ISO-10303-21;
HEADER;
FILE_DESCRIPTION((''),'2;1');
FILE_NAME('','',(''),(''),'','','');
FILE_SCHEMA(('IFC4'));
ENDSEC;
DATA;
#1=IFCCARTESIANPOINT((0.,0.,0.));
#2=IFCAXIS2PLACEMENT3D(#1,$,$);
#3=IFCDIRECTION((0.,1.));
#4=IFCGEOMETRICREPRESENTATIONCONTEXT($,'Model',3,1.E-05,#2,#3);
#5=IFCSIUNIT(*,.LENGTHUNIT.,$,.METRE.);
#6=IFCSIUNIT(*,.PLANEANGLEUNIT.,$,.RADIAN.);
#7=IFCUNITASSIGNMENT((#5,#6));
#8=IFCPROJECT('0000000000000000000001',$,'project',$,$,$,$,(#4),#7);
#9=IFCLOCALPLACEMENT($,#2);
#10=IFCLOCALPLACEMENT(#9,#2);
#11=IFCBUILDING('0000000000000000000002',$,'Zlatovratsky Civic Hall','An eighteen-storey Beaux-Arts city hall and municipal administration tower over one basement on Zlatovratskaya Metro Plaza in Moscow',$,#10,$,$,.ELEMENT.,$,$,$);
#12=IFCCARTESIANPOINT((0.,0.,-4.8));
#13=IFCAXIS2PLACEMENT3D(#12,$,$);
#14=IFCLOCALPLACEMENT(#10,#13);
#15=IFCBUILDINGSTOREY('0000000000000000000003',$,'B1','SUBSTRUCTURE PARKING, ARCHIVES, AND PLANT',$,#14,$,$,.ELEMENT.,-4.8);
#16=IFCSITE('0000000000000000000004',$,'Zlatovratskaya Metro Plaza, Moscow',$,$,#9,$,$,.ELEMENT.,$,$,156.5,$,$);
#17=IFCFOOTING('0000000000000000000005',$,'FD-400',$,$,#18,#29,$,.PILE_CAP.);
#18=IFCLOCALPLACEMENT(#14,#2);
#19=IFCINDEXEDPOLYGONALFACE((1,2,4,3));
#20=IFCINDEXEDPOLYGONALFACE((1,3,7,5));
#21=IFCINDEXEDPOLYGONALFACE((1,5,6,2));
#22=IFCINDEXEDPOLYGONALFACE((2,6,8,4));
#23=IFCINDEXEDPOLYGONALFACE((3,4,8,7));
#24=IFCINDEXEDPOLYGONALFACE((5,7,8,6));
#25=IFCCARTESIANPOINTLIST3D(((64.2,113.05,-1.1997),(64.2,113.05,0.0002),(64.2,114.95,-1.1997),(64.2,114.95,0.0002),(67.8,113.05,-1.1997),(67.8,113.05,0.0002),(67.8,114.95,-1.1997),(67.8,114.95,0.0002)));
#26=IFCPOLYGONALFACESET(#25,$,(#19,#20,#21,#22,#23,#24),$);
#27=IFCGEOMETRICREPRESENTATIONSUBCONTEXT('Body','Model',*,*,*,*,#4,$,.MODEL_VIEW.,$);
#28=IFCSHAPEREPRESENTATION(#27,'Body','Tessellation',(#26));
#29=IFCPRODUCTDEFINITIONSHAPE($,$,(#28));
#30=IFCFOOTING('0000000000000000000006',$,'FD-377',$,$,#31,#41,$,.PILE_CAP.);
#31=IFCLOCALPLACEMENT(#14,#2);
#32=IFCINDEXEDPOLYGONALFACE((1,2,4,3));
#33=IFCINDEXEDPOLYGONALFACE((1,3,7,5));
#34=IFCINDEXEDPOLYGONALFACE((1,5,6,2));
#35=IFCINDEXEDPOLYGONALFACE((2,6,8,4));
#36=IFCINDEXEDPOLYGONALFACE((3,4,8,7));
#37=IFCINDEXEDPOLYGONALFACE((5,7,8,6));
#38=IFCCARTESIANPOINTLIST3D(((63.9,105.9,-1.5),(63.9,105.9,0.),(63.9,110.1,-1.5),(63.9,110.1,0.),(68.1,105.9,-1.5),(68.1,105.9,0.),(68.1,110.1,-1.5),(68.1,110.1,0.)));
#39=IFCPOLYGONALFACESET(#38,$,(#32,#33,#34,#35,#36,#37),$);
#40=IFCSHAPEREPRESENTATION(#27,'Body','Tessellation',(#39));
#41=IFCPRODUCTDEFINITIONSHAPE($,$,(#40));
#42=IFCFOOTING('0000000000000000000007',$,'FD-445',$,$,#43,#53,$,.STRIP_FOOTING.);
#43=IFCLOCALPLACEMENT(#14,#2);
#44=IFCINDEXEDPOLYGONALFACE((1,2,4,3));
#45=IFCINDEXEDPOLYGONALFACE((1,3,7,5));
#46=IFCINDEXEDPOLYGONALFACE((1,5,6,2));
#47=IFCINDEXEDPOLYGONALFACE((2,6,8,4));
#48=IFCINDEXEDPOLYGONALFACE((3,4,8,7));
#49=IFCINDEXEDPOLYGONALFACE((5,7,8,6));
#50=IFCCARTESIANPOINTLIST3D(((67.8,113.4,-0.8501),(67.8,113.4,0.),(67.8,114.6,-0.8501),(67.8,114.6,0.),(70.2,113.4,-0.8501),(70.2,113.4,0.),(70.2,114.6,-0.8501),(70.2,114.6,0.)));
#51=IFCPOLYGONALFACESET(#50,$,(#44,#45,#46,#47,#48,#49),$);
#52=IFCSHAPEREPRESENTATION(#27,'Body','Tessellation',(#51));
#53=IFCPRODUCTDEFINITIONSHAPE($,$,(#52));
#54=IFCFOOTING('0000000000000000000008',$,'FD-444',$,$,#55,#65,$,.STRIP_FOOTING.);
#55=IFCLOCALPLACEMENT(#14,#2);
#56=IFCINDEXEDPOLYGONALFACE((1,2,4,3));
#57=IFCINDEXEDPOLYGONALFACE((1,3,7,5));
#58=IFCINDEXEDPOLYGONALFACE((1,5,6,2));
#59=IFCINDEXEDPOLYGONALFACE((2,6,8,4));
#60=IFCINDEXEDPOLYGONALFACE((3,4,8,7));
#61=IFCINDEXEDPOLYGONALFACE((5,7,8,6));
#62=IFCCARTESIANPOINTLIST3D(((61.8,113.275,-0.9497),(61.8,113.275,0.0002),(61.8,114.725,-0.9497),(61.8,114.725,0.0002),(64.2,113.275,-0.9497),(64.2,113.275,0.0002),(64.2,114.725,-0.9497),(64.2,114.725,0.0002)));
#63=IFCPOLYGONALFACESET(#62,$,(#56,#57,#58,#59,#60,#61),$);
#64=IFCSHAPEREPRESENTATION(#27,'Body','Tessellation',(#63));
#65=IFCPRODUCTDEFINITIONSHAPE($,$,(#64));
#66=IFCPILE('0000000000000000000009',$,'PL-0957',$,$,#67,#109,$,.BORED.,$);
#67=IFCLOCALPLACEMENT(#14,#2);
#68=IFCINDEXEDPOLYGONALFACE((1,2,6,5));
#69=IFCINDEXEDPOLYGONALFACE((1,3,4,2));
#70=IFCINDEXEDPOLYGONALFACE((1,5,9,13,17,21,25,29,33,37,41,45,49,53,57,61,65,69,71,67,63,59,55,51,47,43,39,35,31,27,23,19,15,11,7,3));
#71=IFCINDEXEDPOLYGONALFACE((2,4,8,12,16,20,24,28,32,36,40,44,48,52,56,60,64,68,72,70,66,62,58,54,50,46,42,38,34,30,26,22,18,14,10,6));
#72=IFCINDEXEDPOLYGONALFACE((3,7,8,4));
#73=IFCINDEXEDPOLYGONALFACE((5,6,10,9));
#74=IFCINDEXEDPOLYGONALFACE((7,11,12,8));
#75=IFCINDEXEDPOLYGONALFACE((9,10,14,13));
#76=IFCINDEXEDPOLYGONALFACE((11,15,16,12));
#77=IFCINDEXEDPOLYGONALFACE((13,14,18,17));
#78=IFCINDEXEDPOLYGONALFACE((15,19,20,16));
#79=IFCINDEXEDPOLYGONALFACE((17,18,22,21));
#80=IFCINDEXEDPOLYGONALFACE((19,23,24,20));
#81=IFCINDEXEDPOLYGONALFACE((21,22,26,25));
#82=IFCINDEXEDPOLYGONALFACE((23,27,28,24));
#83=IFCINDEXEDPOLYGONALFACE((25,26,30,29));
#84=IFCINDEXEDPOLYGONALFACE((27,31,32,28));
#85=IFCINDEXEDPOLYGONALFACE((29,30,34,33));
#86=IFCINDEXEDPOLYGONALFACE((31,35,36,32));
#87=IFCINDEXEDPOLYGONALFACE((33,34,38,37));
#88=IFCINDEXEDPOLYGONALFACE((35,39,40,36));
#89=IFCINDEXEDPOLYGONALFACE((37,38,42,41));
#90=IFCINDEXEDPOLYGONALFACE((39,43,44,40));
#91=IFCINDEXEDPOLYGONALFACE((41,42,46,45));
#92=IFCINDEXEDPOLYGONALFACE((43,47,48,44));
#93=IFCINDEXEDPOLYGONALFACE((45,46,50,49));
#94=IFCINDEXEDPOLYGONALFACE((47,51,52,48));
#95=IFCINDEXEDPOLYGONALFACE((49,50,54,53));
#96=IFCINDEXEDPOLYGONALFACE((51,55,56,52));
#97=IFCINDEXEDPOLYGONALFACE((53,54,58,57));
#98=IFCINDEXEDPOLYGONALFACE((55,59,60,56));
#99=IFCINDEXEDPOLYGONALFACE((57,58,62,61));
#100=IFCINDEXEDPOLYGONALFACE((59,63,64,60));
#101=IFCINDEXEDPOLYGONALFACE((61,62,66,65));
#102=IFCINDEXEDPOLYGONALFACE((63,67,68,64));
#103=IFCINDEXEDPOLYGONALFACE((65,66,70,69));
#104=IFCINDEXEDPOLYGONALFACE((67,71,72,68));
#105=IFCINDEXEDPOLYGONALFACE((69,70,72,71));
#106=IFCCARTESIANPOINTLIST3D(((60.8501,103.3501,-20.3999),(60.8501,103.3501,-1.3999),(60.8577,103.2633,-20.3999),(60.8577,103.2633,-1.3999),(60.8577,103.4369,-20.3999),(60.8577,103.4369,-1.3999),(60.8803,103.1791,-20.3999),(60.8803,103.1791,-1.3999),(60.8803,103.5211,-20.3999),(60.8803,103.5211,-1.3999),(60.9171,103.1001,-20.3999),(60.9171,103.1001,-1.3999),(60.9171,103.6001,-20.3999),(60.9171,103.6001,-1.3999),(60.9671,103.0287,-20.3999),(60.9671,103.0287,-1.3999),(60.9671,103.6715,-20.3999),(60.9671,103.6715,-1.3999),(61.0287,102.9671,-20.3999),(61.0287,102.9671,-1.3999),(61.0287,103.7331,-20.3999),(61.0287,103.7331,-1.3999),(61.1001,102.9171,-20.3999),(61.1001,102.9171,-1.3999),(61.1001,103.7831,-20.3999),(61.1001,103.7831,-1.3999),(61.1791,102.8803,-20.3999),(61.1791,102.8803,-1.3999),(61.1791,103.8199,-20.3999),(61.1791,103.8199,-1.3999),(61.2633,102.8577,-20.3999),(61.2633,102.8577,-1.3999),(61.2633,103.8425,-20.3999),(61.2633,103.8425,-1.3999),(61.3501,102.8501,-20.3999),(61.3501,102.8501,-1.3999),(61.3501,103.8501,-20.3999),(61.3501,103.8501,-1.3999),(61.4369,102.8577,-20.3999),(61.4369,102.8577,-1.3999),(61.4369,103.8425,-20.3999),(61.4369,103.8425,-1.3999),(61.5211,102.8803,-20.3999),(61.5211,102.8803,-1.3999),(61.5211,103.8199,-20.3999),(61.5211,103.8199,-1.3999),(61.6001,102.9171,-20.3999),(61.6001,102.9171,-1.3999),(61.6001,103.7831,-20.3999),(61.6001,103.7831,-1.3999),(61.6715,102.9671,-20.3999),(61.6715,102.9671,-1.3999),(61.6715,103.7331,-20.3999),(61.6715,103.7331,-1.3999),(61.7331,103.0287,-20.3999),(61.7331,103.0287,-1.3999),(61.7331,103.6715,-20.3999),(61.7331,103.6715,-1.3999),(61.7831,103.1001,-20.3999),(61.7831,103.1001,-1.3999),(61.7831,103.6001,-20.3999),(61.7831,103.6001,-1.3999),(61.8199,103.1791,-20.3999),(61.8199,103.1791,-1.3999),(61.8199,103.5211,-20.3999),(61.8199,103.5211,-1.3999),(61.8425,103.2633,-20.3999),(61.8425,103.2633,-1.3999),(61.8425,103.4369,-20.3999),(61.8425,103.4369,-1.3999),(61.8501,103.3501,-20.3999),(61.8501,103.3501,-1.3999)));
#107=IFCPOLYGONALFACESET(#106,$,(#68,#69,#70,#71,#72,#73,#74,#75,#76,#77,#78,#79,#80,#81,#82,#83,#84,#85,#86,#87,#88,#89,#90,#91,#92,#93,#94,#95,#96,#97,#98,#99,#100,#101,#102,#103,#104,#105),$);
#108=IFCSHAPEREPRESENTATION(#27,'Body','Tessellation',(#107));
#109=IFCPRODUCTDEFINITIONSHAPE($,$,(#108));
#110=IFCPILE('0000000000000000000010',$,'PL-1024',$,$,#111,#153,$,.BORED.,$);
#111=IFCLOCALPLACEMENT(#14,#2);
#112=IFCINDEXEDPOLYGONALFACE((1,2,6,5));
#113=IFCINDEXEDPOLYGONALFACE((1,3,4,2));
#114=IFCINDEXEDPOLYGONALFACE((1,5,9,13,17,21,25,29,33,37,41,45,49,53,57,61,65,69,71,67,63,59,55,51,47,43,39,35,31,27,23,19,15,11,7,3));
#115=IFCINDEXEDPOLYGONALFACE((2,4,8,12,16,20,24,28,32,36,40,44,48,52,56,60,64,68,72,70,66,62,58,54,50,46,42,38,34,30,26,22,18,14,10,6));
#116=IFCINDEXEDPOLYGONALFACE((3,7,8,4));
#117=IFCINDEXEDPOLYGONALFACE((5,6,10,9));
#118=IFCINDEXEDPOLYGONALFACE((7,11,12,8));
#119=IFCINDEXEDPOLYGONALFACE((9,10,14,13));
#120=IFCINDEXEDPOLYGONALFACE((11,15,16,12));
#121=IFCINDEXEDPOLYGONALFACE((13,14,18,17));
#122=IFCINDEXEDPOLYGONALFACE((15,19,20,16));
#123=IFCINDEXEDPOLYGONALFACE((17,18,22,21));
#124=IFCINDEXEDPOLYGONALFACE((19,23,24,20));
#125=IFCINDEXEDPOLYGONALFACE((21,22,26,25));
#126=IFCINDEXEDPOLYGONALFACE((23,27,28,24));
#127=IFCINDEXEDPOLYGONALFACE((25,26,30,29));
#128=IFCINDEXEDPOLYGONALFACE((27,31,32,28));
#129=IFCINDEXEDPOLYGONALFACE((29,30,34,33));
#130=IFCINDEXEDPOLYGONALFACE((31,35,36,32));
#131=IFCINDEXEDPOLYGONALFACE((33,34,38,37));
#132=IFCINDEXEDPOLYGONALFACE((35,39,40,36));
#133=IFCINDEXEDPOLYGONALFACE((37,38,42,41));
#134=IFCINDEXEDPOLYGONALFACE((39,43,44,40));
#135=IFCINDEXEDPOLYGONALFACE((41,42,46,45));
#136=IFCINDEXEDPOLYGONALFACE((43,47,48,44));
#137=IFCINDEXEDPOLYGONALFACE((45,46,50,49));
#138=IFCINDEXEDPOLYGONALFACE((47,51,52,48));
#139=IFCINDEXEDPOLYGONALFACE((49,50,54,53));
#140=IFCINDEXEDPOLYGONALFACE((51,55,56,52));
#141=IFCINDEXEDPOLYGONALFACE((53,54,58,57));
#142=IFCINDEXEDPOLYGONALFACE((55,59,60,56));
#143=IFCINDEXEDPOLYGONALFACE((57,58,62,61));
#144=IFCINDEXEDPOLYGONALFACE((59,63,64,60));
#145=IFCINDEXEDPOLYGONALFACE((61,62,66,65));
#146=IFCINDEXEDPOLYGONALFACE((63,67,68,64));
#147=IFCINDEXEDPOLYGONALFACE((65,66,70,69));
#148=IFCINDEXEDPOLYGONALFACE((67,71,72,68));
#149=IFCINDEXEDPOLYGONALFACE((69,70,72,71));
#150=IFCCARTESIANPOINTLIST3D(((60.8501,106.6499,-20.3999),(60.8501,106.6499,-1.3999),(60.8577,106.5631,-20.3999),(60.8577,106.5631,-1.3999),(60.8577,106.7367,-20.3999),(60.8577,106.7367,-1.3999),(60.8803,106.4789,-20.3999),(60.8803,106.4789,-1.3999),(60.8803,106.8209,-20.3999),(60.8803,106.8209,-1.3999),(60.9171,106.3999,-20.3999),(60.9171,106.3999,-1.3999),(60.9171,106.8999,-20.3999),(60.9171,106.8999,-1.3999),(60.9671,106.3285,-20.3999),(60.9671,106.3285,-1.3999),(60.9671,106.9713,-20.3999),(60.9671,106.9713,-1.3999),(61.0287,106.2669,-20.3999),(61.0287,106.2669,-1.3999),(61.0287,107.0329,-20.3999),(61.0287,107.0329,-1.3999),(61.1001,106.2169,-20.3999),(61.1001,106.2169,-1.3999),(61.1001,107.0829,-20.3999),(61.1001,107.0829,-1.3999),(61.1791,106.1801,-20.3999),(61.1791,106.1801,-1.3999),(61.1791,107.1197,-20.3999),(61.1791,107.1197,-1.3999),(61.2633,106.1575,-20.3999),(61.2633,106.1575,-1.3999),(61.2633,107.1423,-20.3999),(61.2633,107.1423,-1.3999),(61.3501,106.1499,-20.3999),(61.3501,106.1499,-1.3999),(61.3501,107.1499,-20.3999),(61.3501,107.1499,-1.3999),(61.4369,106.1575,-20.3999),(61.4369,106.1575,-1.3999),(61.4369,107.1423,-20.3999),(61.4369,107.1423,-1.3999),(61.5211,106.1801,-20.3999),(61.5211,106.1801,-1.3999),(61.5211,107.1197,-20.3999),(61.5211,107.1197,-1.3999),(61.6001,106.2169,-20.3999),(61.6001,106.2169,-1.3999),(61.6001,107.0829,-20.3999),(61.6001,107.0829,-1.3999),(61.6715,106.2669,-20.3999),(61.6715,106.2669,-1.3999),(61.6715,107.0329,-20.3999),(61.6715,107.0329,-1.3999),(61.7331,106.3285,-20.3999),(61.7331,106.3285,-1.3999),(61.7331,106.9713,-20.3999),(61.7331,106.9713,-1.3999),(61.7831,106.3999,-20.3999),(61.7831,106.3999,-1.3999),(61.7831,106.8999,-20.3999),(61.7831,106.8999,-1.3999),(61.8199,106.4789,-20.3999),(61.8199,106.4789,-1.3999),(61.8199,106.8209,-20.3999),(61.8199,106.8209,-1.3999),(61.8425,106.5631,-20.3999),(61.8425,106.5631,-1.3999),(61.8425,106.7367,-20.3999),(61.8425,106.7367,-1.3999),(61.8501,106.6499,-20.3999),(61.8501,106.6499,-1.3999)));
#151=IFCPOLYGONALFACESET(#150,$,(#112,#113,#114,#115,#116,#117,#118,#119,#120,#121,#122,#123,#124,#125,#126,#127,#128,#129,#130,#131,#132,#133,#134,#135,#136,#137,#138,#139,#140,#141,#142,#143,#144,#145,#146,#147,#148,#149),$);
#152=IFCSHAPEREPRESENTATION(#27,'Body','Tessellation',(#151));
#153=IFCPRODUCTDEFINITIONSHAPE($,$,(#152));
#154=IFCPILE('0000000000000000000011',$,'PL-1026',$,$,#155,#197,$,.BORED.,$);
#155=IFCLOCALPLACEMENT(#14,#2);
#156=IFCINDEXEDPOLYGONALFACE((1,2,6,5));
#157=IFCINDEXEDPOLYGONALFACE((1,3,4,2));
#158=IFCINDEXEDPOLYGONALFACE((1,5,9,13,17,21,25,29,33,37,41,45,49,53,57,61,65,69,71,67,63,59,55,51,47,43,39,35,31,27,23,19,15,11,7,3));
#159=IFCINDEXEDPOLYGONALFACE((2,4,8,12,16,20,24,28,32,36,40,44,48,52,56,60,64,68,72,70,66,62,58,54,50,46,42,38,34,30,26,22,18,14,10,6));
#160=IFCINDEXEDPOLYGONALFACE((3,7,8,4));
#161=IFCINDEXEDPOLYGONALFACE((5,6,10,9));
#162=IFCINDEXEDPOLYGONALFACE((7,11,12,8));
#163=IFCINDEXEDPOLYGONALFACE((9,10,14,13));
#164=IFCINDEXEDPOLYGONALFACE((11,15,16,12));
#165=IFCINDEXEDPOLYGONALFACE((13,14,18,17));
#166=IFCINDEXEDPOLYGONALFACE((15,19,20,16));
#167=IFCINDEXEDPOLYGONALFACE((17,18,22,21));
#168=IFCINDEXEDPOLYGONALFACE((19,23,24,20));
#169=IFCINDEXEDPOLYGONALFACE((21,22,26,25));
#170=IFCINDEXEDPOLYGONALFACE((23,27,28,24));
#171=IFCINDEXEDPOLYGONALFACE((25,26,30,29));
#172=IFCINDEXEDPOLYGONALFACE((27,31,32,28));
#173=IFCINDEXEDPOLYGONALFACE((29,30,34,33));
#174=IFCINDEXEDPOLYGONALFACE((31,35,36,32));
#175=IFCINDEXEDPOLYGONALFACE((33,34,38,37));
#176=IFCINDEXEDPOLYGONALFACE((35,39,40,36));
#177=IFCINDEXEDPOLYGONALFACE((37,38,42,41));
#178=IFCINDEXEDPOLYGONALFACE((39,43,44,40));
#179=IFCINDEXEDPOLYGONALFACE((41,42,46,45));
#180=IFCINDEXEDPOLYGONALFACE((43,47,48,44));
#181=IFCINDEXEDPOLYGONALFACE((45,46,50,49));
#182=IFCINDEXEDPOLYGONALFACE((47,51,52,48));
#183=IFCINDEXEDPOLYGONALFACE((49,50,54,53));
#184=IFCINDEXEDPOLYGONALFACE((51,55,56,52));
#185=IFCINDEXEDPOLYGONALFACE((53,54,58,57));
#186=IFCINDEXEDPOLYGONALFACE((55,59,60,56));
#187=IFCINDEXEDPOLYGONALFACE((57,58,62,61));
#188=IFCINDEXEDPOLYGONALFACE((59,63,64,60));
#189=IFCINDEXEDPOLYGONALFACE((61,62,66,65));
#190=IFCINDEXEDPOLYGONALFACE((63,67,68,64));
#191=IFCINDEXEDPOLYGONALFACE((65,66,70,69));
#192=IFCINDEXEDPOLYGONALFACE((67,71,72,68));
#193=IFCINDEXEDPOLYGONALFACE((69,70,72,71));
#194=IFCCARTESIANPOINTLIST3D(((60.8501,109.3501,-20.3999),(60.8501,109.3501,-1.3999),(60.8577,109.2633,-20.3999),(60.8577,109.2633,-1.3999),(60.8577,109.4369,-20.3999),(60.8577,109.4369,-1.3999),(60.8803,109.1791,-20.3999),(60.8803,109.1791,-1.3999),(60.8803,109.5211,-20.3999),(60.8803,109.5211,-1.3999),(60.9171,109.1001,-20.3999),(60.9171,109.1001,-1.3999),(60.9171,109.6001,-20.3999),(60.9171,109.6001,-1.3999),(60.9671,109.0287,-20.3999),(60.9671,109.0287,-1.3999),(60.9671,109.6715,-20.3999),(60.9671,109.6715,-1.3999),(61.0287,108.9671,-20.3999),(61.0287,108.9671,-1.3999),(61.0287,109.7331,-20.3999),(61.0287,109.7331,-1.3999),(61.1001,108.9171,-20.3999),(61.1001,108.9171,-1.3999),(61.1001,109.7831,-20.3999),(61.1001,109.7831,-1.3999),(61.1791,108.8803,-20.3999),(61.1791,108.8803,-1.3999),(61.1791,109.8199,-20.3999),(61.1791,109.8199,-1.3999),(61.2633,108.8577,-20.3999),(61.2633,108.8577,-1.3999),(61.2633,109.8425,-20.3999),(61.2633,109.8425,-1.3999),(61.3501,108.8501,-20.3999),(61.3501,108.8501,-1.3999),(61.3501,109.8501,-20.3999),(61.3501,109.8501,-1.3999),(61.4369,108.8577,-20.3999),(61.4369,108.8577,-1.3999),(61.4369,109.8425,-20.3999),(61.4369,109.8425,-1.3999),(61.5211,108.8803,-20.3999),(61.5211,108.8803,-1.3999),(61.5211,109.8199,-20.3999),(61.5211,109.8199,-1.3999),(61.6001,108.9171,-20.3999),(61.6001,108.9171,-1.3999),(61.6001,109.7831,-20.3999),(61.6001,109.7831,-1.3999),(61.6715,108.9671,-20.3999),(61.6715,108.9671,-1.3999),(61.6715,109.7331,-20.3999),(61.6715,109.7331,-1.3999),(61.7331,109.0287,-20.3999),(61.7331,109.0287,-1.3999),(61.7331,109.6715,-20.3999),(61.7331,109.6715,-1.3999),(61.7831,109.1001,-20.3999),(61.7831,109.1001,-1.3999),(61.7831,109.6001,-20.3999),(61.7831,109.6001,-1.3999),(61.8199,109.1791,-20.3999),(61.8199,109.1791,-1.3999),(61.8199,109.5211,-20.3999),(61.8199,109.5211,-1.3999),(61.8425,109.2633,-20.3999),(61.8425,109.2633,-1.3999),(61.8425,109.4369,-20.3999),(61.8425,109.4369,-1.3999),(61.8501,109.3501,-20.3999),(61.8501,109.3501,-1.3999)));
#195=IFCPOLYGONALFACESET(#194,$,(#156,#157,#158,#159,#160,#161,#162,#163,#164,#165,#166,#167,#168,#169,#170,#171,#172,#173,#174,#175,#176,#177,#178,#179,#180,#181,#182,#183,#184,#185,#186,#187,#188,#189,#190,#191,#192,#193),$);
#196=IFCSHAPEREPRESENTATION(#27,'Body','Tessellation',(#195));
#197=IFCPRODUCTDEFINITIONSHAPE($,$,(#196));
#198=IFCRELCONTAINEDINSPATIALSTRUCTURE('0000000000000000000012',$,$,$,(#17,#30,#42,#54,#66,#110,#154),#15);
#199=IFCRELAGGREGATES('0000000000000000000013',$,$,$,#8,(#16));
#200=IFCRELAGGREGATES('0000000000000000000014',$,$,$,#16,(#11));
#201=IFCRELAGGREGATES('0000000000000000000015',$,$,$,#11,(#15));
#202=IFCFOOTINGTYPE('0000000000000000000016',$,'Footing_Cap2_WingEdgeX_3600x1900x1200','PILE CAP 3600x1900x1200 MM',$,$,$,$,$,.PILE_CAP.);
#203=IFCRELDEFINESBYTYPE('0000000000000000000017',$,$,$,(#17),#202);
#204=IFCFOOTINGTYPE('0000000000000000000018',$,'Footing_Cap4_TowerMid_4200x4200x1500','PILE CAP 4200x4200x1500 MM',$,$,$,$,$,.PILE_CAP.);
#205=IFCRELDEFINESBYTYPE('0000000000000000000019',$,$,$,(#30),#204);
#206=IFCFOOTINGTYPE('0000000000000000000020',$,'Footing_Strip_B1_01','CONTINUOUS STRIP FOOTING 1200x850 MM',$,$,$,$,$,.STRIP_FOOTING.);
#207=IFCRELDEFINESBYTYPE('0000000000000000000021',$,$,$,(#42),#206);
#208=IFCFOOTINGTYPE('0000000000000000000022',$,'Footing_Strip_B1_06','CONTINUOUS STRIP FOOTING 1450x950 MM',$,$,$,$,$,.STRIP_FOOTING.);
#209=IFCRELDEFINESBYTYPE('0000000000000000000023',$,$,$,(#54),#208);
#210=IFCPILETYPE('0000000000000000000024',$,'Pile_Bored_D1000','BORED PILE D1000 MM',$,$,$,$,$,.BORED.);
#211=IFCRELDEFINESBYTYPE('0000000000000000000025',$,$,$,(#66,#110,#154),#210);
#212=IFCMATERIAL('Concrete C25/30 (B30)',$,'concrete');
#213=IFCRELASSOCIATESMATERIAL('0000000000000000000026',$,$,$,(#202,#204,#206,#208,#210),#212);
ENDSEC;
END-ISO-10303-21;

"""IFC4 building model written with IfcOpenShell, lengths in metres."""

from ifc_helpers import new_model, si_unit, direction, frame, origin, origin_2d, place, context, subcontext, project, spatial, rectangle, circle, extrude, material, material_profile, profile_set, type_object, element, save


model = new_model("IFC4")

# Units and contexts
model_context = context("Model", 3, precision=1e-05, world=origin(), true_north=direction((0.0, 1.0)))
body_context = subcontext(model_context, "Body", "Model", "MODEL_VIEW")
ifc_project = project(units=[si_unit("LENGTHUNIT", "METRE"), si_unit("PLANEANGLEUNIT", "RADIAN")], contexts=[model_context])

# Site, building, storey
site_placement = place(None, origin())
site = spatial("IfcSite", under=ifc_project, at=site_placement, Name="Zlatovratskaya Metro Plaza, Moscow", CompositionType="ELEMENT", RefElevation=156.5)
building_placement = place(site_placement, origin())
building = spatial("IfcBuilding", under=site, at=building_placement, Name="Zlatovratsky Civic Hall", Description="An eighteen-storey Beaux-Arts city hall and municipal administration tower over one basement on Zlatovratskaya Metro Plaza in Moscow", CompositionType="ELEMENT")
storey_placement = place(building_placement, frame((0.0, 0.0, -4.8)))
storey = spatial("IfcBuildingStorey", under=building, at=storey_placement, Name="B1", Description="SUBSTRUCTURE PARKING, ARCHIVES, AND PLANT", CompositionType="ELEMENT", Elevation=-4.8)

# Footings
ifc_material_1 = material(Name="Concrete C25/30 (B30)", Category="concrete")
footing_type_1 = type_object("IfcFootingType", Name="Footing_Cap2_WingEdgeX_3600x1900x1200", Description="PILE CAP 3600x1900x1200 MM", PredefinedType="PILE_CAP", material=ifc_material_1)
footing_1_placement = place(storey_placement, frame((66.0, 114.0, -1.1997), z_axis=(0.0, 0.0, 1.0), x_axis=(1.0, 0.0, 0.0)))
element("IfcFooting", 1, at=footing_1_placement, inside=storey, type_object=footing_type_1, Name="FD-400", PredefinedType="PILE_CAP", context=body_context, shape_type="SweptSolid", body=[
    extrude(rectangle(XDim=3.6001, YDim=1.8999, at=origin_2d()), origin(), (0.0, 0.0, 1.0), 1.2),
])
footing_type_2 = type_object("IfcFootingType", Name="Footing_Cap4_TowerMid_4200x4200x1500", Description="PILE CAP 4200x4200x1500 MM", PredefinedType="PILE_CAP", material=ifc_material_1)
footing_2_placement = place(storey_placement, frame((66.0, 108.0, -1.5), z_axis=(0.0, 0.0, 1.0), x_axis=(1.0, 0.0, 0.0)))
element("IfcFooting", 2, at=footing_2_placement, inside=storey, type_object=footing_type_2, Name="FD-377", PredefinedType="PILE_CAP", context=body_context, shape_type="SweptSolid", body=[
    extrude(rectangle(XDim=4.2, YDim=4.2, at=origin_2d()), origin(), (0.0, 0.0, 1.0), 1.5),
])
footing_type_3 = type_object("IfcFootingType", Name="Footing_Strip_B1_01", Description="CONTINUOUS STRIP FOOTING 1200x850 MM", PredefinedType="STRIP_FOOTING", material=ifc_material_1)
footing_3_placement = place(storey_placement, frame((69.0, 114.0, -0.8501), z_axis=(0.0, 0.0, 1.0), x_axis=(1.0, 0.0, 0.0)))
element("IfcFooting", 3, at=footing_3_placement, inside=storey, type_object=footing_type_3, Name="FD-445", PredefinedType="STRIP_FOOTING", context=body_context, shape_type="SweptSolid", body=[
    extrude(rectangle(XDim=2.3999, YDim=1.2, at=origin_2d()), origin(), (0.0, 0.0, 1.0), 0.8501),
])
footing_type_4 = type_object("IfcFootingType", Name="Footing_Strip_B1_06", Description="CONTINUOUS STRIP FOOTING 1450x950 MM", PredefinedType="STRIP_FOOTING", material=ifc_material_1)
footing_4_placement = place(storey_placement, frame((63.0, 114.0, -0.9497), z_axis=(0.0, 0.0, 1.0), x_axis=(1.0, 0.0, 0.0)))
element("IfcFooting", 4, at=footing_4_placement, inside=storey, type_object=footing_type_4, Name="FD-444", PredefinedType="STRIP_FOOTING", context=body_context, shape_type="SweptSolid", body=[
    extrude(rectangle(XDim=2.3999, YDim=1.45, at=origin_2d()), origin(), (0.0, 0.0, 1.0), 0.95),
])

# Piles
ifc_material_profile_1 = material_profile(ifc_material_1, circle(Radius=0.5, at=origin_2d()), Name="PILE D1000")
ifc_profile_set_1 = profile_set([ifc_material_profile_1], Name="Concrete C25/30 (B30)")
pile_type_1 = type_object("IfcPileType", Name="Pile_Bored_D1000", Description="BORED PILE D1000 MM", PredefinedType="BORED", material=ifc_profile_set_1)
for number, where, z_axis, x_axis, name in (
    (5, (61.3501, 103.3501, -1.3999), (0.0, 0.0, -1.0), (1.0, 0.0, 0.0), "PL-0957"),
    (6, (61.3501, 106.6499, -1.3999), (0.0, 0.0, -1.0), (1.0, 0.0, 0.0), "PL-1024"),
    (7, (61.3501, 109.3501, -1.3999), (0.0, 0.0, -1.0), (1.0, 0.0, 0.0), "PL-1026"),
):
    element("IfcPile", number, at=place(storey_placement, frame(where, z_axis=z_axis, x_axis=x_axis)), inside=storey, type_object=pile_type_1, Name=name, PredefinedType="BORED", context=body_context, shape_type="SweptSolid", body=[
        extrude(circle(Radius=0.5, at=origin_2d()), origin(), (0.0, 0.0, 1.0), 19.0),
    ])

save(model, "model.ifc")
